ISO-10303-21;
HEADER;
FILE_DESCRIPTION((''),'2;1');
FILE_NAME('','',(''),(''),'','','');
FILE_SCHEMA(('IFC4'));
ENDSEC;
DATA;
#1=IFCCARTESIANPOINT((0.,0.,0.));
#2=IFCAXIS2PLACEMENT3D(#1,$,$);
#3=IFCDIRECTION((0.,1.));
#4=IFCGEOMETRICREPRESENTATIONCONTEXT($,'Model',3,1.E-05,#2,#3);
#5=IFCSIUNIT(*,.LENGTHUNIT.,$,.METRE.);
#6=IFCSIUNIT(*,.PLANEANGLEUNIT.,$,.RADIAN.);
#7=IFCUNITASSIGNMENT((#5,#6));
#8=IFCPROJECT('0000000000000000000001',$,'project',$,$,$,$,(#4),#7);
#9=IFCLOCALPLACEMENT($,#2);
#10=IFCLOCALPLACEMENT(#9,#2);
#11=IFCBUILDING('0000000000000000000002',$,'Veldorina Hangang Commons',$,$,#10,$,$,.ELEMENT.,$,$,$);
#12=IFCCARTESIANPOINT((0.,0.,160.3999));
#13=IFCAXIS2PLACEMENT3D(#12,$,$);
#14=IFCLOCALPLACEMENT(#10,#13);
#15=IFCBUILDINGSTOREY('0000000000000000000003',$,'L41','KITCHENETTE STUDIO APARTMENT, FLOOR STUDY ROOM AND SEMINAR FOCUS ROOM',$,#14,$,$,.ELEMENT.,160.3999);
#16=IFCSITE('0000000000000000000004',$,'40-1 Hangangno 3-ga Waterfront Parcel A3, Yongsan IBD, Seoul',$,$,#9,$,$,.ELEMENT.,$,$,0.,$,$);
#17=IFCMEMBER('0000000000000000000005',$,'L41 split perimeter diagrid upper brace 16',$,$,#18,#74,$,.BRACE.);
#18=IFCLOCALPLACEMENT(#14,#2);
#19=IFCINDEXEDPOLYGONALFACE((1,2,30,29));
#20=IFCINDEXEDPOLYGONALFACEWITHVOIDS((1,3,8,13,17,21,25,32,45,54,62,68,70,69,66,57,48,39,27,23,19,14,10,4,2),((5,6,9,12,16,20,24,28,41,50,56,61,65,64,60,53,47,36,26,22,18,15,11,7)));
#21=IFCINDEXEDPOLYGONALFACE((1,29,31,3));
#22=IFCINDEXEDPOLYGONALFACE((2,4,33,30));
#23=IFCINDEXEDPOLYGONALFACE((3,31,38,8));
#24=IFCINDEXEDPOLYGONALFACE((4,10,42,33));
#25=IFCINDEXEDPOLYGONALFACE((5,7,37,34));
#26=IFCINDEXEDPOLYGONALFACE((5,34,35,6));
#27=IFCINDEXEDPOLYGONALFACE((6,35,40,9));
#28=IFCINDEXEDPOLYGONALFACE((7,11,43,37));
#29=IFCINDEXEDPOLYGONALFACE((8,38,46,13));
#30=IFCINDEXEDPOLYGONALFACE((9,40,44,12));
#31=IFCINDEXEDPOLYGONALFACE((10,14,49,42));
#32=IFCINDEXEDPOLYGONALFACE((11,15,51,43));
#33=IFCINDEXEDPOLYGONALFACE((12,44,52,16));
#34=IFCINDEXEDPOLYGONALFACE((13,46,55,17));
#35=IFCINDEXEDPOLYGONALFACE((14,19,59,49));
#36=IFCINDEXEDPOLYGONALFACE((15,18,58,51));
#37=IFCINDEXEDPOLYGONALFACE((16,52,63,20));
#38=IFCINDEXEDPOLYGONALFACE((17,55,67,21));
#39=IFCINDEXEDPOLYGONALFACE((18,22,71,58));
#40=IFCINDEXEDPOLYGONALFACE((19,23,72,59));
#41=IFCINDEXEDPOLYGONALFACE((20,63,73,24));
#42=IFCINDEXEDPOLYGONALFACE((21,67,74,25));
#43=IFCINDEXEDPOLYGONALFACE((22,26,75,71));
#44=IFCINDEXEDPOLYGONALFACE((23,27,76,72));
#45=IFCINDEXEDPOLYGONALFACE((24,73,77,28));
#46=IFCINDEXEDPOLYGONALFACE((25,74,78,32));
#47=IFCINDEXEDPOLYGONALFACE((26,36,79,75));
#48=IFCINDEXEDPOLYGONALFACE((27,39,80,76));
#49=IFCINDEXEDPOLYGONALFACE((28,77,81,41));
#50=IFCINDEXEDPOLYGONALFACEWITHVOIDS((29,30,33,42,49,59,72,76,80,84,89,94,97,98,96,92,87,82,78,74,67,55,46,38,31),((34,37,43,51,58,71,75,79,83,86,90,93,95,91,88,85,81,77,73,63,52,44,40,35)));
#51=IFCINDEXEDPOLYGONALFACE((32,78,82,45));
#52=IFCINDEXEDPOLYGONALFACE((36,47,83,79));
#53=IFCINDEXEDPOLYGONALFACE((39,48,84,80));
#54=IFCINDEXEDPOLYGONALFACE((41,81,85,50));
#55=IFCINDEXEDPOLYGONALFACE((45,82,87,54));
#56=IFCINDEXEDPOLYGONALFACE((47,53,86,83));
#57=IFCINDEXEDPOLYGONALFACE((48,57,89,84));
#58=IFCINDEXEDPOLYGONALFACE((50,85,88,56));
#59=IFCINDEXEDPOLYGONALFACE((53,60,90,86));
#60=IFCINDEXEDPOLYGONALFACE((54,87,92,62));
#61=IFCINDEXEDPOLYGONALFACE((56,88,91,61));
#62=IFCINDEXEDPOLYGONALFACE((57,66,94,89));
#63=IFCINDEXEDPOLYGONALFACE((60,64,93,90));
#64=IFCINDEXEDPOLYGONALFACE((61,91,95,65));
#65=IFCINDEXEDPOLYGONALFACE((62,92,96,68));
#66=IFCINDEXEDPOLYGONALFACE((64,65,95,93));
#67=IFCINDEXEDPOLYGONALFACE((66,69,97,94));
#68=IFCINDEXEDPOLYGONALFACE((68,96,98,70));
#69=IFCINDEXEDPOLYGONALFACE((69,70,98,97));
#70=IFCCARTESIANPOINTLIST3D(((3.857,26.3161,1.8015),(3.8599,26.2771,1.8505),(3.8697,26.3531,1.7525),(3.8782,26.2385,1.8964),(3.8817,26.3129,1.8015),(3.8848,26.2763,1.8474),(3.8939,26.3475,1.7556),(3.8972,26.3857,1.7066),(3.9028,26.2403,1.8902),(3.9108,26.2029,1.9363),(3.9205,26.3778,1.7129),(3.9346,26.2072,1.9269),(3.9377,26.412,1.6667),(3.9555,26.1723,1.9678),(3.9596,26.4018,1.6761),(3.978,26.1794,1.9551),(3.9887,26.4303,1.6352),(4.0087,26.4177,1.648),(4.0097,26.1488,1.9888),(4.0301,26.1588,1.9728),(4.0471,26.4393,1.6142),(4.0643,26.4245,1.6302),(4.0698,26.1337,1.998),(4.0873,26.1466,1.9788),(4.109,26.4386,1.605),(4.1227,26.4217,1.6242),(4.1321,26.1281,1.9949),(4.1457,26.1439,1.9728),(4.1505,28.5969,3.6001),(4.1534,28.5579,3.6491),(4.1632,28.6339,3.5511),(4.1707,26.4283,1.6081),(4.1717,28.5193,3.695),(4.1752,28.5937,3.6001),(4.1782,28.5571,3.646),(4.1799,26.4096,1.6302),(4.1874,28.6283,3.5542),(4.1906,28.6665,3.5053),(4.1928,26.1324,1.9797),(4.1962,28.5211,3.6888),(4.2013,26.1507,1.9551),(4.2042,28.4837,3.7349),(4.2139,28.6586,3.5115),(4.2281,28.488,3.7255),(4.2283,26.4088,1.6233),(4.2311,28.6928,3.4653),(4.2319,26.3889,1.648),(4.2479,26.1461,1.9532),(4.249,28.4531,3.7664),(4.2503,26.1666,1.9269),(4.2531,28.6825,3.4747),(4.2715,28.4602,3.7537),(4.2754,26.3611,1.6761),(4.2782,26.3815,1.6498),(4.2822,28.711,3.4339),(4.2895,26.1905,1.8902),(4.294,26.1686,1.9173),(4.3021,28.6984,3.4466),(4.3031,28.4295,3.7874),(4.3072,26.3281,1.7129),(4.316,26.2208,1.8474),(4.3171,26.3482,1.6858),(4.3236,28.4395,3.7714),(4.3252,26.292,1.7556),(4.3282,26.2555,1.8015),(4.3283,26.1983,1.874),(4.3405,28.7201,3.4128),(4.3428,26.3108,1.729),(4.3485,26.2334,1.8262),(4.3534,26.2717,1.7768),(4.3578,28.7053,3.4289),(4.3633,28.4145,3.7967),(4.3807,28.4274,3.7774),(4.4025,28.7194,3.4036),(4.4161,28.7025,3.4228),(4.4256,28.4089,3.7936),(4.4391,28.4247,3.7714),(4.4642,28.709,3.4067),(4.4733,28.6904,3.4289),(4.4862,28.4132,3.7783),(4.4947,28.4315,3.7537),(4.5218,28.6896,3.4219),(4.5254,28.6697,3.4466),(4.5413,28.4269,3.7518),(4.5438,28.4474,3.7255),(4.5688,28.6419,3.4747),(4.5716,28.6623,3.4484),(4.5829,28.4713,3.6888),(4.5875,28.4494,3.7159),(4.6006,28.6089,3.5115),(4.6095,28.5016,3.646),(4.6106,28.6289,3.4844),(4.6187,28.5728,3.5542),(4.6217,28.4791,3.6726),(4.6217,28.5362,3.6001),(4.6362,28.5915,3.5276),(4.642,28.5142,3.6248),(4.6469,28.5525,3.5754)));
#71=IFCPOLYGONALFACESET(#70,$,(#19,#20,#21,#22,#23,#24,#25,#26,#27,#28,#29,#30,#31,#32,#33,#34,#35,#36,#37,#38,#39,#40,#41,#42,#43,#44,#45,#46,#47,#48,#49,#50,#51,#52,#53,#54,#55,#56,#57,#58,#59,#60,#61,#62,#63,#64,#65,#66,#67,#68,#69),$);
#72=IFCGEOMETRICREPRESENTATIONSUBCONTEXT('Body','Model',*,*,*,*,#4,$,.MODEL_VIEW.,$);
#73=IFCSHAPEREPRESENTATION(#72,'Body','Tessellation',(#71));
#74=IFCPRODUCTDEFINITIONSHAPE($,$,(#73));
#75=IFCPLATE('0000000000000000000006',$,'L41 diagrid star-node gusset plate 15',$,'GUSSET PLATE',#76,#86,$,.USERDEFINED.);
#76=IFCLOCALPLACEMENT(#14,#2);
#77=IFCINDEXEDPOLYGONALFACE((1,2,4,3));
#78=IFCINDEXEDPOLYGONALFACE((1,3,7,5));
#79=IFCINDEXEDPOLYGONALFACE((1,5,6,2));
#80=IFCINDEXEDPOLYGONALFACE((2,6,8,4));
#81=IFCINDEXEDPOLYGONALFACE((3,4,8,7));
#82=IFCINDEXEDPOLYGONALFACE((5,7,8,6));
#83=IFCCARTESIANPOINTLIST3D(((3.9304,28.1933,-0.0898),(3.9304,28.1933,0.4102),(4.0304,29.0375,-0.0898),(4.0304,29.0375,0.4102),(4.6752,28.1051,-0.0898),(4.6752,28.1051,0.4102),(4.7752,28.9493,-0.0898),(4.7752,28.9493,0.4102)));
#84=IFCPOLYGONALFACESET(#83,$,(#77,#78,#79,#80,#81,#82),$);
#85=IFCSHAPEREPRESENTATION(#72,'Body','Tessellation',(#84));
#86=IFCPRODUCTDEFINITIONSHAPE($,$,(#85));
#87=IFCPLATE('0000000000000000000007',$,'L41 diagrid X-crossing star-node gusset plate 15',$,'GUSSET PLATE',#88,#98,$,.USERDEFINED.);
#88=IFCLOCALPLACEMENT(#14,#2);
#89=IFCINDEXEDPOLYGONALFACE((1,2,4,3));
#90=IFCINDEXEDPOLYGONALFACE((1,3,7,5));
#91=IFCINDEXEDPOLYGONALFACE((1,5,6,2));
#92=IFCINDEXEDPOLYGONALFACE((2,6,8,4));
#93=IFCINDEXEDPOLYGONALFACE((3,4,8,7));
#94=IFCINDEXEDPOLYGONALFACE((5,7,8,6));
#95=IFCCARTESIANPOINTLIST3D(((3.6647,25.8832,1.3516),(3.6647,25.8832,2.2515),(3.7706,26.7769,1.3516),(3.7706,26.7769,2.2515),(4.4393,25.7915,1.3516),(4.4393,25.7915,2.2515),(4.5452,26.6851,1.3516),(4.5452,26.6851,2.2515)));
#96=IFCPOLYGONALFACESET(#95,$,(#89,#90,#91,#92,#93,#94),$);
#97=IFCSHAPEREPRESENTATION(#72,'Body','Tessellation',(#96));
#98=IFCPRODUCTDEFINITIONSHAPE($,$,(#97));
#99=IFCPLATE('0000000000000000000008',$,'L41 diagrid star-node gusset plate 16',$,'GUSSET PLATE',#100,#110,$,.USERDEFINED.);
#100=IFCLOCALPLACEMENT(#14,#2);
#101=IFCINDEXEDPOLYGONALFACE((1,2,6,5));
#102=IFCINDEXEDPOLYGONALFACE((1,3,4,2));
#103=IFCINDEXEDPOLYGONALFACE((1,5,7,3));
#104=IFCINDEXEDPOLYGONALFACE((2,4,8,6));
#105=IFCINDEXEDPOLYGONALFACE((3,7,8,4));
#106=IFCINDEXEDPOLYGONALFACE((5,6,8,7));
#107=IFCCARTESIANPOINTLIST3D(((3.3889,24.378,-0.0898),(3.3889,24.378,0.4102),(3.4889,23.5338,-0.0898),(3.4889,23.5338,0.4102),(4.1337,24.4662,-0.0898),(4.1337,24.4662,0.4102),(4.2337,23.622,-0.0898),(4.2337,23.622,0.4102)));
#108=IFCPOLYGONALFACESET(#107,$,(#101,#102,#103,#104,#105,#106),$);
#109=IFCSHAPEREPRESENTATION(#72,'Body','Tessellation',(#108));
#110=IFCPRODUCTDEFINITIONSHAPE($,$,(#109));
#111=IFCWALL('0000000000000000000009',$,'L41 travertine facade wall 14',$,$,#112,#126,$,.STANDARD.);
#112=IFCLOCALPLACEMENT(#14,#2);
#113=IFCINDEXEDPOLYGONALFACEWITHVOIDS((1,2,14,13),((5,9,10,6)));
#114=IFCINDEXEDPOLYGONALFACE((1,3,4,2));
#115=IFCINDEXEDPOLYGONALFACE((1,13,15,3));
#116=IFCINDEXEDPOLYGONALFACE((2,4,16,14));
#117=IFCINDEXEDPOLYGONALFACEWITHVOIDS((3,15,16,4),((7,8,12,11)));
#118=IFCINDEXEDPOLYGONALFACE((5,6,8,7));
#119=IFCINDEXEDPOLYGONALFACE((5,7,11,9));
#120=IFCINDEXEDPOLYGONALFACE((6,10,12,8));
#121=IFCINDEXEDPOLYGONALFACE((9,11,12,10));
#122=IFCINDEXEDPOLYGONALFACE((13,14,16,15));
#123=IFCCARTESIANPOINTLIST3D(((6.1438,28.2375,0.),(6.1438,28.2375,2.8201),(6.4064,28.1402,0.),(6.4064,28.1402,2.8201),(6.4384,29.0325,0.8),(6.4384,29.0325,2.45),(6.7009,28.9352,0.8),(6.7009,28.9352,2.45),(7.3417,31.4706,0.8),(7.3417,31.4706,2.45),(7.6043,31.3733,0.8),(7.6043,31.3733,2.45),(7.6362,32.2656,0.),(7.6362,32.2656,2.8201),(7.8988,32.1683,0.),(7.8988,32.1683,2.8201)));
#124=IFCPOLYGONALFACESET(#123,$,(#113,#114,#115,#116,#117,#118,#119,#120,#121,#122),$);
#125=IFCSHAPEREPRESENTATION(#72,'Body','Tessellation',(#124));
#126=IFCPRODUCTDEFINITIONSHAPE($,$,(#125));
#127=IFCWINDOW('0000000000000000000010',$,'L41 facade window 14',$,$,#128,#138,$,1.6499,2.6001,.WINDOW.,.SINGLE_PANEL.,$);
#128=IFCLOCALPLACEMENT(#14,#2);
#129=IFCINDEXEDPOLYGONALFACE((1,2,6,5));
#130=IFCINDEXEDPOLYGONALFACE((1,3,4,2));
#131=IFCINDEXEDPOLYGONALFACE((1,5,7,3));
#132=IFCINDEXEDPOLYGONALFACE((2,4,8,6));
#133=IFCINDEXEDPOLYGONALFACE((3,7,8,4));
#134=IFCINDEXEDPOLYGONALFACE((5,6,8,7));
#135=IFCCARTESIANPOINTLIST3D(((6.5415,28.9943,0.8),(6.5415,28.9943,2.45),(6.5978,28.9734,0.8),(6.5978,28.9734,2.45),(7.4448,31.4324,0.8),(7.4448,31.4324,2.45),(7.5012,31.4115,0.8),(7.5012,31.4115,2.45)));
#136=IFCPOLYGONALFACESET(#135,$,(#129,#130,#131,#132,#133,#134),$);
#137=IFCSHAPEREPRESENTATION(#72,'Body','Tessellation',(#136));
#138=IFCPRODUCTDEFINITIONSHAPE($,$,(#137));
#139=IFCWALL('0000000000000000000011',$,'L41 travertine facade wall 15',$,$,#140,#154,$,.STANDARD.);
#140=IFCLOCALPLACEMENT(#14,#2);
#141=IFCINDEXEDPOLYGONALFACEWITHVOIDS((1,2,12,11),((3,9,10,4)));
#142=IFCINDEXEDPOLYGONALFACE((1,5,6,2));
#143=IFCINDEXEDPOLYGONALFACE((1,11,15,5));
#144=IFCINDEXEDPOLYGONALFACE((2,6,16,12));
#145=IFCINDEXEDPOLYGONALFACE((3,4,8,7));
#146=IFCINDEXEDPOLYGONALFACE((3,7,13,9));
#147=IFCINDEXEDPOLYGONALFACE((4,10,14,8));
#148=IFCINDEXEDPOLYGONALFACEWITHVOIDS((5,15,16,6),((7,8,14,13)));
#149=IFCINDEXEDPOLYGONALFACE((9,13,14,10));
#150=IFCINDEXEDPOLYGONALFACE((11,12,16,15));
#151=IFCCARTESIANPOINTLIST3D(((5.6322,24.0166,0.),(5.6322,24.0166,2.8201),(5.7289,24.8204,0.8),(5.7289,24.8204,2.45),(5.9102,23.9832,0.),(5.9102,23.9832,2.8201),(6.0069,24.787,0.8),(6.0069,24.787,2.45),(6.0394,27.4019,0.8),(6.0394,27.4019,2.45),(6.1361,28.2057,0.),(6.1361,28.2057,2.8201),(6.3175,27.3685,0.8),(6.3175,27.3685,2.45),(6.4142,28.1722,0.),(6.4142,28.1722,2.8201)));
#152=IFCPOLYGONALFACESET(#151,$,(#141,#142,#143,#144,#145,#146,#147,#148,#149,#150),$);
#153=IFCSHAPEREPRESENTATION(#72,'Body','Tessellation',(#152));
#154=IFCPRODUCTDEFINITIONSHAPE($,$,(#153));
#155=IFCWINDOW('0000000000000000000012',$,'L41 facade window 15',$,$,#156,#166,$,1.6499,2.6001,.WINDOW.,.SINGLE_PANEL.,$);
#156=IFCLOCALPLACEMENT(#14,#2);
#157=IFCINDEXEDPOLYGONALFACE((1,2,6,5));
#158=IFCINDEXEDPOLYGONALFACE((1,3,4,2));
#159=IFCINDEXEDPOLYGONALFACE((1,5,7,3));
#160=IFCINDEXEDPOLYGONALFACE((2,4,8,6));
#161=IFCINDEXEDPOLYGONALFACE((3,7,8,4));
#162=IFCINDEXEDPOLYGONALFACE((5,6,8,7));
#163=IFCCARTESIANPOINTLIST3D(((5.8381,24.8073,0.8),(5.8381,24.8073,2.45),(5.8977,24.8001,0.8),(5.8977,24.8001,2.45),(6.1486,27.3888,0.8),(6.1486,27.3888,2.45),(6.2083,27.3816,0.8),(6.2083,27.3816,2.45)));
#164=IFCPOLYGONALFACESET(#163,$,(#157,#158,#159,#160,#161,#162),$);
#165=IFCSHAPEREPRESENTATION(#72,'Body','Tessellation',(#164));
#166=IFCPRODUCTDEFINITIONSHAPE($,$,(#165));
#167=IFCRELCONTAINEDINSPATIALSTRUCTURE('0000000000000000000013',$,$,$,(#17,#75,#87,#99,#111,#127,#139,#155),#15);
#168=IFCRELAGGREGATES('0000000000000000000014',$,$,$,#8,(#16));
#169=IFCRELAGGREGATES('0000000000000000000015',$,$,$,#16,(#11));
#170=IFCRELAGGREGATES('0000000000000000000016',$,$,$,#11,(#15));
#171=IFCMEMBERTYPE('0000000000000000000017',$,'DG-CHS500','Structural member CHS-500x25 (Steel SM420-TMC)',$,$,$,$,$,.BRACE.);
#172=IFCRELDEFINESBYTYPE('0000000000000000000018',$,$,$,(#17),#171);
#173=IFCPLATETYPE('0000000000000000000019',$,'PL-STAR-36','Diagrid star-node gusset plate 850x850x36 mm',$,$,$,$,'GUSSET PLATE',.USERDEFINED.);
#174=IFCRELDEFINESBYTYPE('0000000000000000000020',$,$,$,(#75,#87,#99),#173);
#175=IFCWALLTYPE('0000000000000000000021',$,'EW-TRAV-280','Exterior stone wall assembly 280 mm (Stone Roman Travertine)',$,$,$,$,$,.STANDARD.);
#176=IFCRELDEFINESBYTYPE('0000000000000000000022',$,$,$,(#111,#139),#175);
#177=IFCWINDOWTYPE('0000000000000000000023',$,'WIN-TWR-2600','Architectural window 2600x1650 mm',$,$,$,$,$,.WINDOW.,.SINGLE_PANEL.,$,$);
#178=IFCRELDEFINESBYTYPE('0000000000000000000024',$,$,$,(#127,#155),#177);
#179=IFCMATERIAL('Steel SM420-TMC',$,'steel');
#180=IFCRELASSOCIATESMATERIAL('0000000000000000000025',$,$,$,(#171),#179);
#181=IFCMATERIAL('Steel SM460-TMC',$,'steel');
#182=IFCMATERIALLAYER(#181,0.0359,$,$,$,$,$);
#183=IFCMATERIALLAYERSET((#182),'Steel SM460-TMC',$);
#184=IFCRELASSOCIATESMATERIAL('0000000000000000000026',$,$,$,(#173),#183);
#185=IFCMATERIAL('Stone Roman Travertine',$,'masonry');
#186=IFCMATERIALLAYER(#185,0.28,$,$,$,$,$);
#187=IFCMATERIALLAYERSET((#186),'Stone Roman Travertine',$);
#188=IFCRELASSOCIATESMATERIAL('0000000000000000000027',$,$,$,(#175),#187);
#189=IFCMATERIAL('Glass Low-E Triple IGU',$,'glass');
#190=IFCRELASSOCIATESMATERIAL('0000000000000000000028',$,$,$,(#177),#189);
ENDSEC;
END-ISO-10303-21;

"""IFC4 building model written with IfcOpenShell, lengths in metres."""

from ifc_helpers import new_model, si_unit, direction, frame, frame_2d, origin, origin_2d, place, context, subcontext, project, spatial, rectangle, hollow_circle, extrude, material, layer, layer_set, material_profile, profile_set, type_object, element, fill, save


model = new_model("IFC4")

# Units and contexts
model_context = context("Model", 3, precision=1e-05, world=origin(), true_north=direction((0.0, 1.0)))
body_context = subcontext(model_context, "Body", "Model", "MODEL_VIEW")
ifc_project = project(units=[si_unit("LENGTHUNIT", "METRE"), si_unit("PLANEANGLEUNIT", "RADIAN")], contexts=[model_context])

# Site, building, storey
site_placement = place(None, origin())
site = spatial("IfcSite", under=ifc_project, at=site_placement, Name="40-1 Hangangno 3-ga Waterfront Parcel A3, Yongsan IBD, Seoul", CompositionType="ELEMENT", RefElevation=0.0)
building_placement = place(site_placement, origin())
building = spatial("IfcBuilding", under=site, at=building_placement, Name="Veldorina Hangang Commons", CompositionType="ELEMENT")
storey_placement = place(building_placement, frame((0.0, 0.0, 160.3999)))
storey = spatial("IfcBuildingStorey", under=building, at=storey_placement, Name="L41", Description="KITCHENETTE STUDIO APARTMENT, FLOOR STUDY ROOM AND SEMINAR FOCUS ROOM", CompositionType="ELEMENT", Elevation=160.3999)

# Shared definitions
ifc_material_1 = material(Name="Steel SM420-TMC", Category="steel")

# Member
ifc_material_profile_1 = material_profile(ifc_material_1, hollow_circle(Radius=0.25, WallThickness=0.0249, at=origin_2d()), Name="CHS-500x25")
ifc_profile_set_1 = profile_set([ifc_material_profile_1], Name="Steel SM420-TMC")
member_type = type_object("IfcMemberType", Name="DG-CHS500", Description="Structural member CHS-500x25 (Steel SM420-TMC)", PredefinedType="BRACE", material=ifc_profile_set_1)
member_1_placement = place(storey_placement, frame((4.105, 26.2842, 1.8015), z_axis=(0.10052, 0.781243, 0.61608), x_axis=(-0.991824, 0.127614, 0.0)))
element("IfcMember", 1, at=member_1_placement, inside=storey, type_object=member_type, Name="L41 split perimeter diagrid upper brace 16", PredefinedType="BRACE", context=body_context, shape_type="SweptSolid", body=[
    extrude(hollow_circle(Radius=0.25, WallThickness=0.0249, at=origin_2d()), origin(), (0.0, 0.0, 1.0), 2.9194),
])

# Plates
ifc_material_2 = material(Name="Steel SM460-TMC", Category="steel")
ifc_layer_1 = layer(ifc_material_2, 0.0359)
ifc_layer_set_1 = layer_set([ifc_layer_1], Name="Steel SM460-TMC")
plate_type = type_object("IfcPlateType", Name="PL-STAR-36", Description="Diagrid star-node gusset plate 850x850x36 mm", ElementType="GUSSET PLATE", PredefinedType="USERDEFINED", material=ifc_layer_set_1)
plate_1_placement = place(storey_placement, frame((4.3528, 28.5713, -0.0898), z_axis=(0.0, 0.0, 1.0), x_axis=(-0.117659, -0.993054, 0.0)))
element("IfcPlate", 2, at=plate_1_placement, inside=storey, type_object=plate_type, Name="L41 diagrid star-node gusset plate 15", ObjectType="GUSSET PLATE", PredefinedType="USERDEFINED", context=body_context, shape_type="SweptSolid", body=[
    extrude(rectangle(XDim=0.8501, YDim=0.75, at=origin_2d()), origin(), (0.0, 0.0, 1.0), 0.5),
])
plate_2_placement = place(storey_placement, frame((4.105, 26.2842, 1.3516), z_axis=(0.0, 0.0, 1.0), x_axis=(-0.117659, -0.993054, 0.0)))
element("IfcPlate", 3, at=plate_2_placement, inside=storey, type_object=plate_type, Name="L41 diagrid X-crossing star-node gusset plate 15", ObjectType="GUSSET PLATE", PredefinedType="USERDEFINED", context=body_context, shape_type="SweptSolid", body=[
    extrude(rectangle(XDim=0.8999, YDim=0.78, at=origin_2d()), origin(), (0.0, 0.0, 1.0), 0.8999),
])
plate_3_placement = place(storey_placement, frame((3.8113, 24.0, -0.0898), z_axis=(0.0, 0.0, 1.0), x_axis=(0.117659, -0.993054, 0.0)))
element("IfcPlate", 4, at=plate_3_placement, inside=storey, type_object=plate_type, Name="L41 diagrid star-node gusset plate 16", ObjectType="GUSSET PLATE", PredefinedType="USERDEFINED", context=body_context, shape_type="SweptSolid", body=[
    extrude(rectangle(XDim=0.8501, YDim=0.75, at=origin_2d()), origin(), (0.0, 0.0, 1.0), 0.5),
])

# Walls, openings, windows
ifc_material_3 = material(Name="Stone Roman Travertine", Category="masonry")
ifc_layer_2 = layer(ifc_material_3, 0.28)
ifc_layer_set_2 = layer_set([ifc_layer_2], Name="Stone Roman Travertine")
wall_type_1 = type_object("IfcWallType", Name="EW-TRAV-280", Description="Exterior stone wall assembly 280 mm (Stone Roman Travertine)", PredefinedType="STANDARD", material=ifc_layer_set_2)
wall_1_placement = place(storey_placement, frame((7.7676, 32.217, 0.0), z_axis=(0.0, 0.0, 1.0), x_axis=(-0.347427, -0.937707, 0.0)))
wall_1 = element("IfcWall", 5, at=wall_1_placement, inside=storey, type_object=wall_type_1, Name="L41 travertine facade wall 14", PredefinedType="STANDARD", context=body_context, shape_type="SweptSolid", body=[
    extrude(rectangle(XDim=4.2957, YDim=0.28, at=frame_2d((2.1479, 0.0))), origin(), (0.0, 0.0, 1.0), 2.8201),
])
opening_1_placement = place(wall_1_placement, frame((0.8479, 0.0, 0.8)))
opening_1 = element("IfcOpeningElement", 6, at=opening_1_placement, cuts=wall_1, PredefinedType="OPENING", context=body_context, shape_type="SweptSolid", body=[
    extrude(rectangle(XDim=2.6001, YDim=1.6499, at=frame_2d((1.3, 0.825))), frame((0.0, 0.1499, 0.0), z_axis=(0.0, -1.0, 0.0), x_axis=(1.0, 0.0, 0.0)), (0.0, 0.0, 1.0), 0.3),
])
ifc_material_4 = material(Name="Glass Low-E Triple IGU", Category="glass")
window_type = type_object("IfcWindowType", Name="WIN-TWR-2600", Description="Architectural window 2600x1650 mm", PartitioningType="SINGLE_PANEL", PredefinedType="WINDOW", material=ifc_material_4)
window_1_placement = place(opening_1_placement, origin())
window_1 = element("IfcWindow", 7, at=window_1_placement, inside=storey, type_object=window_type, Name="L41 facade window 14", OverallHeight=1.6499, OverallWidth=2.6001, PartitioningType="SINGLE_PANEL", PredefinedType="WINDOW", context=body_context, shape_type="SweptSolid", body=[
    extrude(rectangle(XDim=2.6001, YDim=1.6499, at=frame_2d((1.3, 0.825))), frame((0.0, 0.03, 0.0), z_axis=(0.0, -1.0, 0.0), x_axis=(1.0, 0.0, 0.0)), (0.0, 0.0, 1.0), 0.0601),
])
fill(opening_1, window_1)
wall_2_placement = place(storey_placement, frame((6.2751, 28.189, 0.0), z_axis=(0.0, 0.0, 1.0), x_axis=(-0.119433, -0.992842, 0.0)))
wall_2 = element("IfcWall", 8, at=wall_2_placement, inside=storey, type_object=wall_type_1, Name="L41 travertine facade wall 15", PredefinedType="STANDARD", context=body_context, shape_type="SweptSolid", body=[
    extrude(rectangle(XDim=4.2192, YDim=0.28, at=frame_2d((2.1096, 0.0))), origin(), (0.0, 0.0, 1.0), 2.8201),
])
opening_2_placement = place(wall_2_placement, frame((0.8096, 0.0, 0.8)))
opening_2 = element("IfcOpeningElement", 9, at=opening_2_placement, cuts=wall_2, PredefinedType="OPENING", context=body_context, shape_type="SweptSolid", body=[
    extrude(rectangle(XDim=2.6001, YDim=1.6499, at=frame_2d((1.3, 0.825))), frame((0.0, 0.1499, 0.0), z_axis=(0.0, -1.0, 0.0), x_axis=(1.0, 0.0, 0.0)), (0.0, 0.0, 1.0), 0.3),
])
window_2_placement = place(opening_2_placement, origin())
window_2 = element("IfcWindow", 10, at=window_2_placement, inside=storey, type_object=window_type, Name="L41 facade window 15", OverallHeight=1.6499, OverallWidth=2.6001, PartitioningType="SINGLE_PANEL", PredefinedType="WINDOW", context=body_context, shape_type="SweptSolid", body=[
    extrude(rectangle(XDim=2.6001, YDim=1.6499, at=frame_2d((1.3, 0.825))), frame((0.0, 0.03, 0.0), z_axis=(0.0, -1.0, 0.0), x_axis=(1.0, 0.0, 0.0)), (0.0, 0.0, 1.0), 0.0601),
])
fill(opening_2, window_2)

save(model, "model.ifc")
